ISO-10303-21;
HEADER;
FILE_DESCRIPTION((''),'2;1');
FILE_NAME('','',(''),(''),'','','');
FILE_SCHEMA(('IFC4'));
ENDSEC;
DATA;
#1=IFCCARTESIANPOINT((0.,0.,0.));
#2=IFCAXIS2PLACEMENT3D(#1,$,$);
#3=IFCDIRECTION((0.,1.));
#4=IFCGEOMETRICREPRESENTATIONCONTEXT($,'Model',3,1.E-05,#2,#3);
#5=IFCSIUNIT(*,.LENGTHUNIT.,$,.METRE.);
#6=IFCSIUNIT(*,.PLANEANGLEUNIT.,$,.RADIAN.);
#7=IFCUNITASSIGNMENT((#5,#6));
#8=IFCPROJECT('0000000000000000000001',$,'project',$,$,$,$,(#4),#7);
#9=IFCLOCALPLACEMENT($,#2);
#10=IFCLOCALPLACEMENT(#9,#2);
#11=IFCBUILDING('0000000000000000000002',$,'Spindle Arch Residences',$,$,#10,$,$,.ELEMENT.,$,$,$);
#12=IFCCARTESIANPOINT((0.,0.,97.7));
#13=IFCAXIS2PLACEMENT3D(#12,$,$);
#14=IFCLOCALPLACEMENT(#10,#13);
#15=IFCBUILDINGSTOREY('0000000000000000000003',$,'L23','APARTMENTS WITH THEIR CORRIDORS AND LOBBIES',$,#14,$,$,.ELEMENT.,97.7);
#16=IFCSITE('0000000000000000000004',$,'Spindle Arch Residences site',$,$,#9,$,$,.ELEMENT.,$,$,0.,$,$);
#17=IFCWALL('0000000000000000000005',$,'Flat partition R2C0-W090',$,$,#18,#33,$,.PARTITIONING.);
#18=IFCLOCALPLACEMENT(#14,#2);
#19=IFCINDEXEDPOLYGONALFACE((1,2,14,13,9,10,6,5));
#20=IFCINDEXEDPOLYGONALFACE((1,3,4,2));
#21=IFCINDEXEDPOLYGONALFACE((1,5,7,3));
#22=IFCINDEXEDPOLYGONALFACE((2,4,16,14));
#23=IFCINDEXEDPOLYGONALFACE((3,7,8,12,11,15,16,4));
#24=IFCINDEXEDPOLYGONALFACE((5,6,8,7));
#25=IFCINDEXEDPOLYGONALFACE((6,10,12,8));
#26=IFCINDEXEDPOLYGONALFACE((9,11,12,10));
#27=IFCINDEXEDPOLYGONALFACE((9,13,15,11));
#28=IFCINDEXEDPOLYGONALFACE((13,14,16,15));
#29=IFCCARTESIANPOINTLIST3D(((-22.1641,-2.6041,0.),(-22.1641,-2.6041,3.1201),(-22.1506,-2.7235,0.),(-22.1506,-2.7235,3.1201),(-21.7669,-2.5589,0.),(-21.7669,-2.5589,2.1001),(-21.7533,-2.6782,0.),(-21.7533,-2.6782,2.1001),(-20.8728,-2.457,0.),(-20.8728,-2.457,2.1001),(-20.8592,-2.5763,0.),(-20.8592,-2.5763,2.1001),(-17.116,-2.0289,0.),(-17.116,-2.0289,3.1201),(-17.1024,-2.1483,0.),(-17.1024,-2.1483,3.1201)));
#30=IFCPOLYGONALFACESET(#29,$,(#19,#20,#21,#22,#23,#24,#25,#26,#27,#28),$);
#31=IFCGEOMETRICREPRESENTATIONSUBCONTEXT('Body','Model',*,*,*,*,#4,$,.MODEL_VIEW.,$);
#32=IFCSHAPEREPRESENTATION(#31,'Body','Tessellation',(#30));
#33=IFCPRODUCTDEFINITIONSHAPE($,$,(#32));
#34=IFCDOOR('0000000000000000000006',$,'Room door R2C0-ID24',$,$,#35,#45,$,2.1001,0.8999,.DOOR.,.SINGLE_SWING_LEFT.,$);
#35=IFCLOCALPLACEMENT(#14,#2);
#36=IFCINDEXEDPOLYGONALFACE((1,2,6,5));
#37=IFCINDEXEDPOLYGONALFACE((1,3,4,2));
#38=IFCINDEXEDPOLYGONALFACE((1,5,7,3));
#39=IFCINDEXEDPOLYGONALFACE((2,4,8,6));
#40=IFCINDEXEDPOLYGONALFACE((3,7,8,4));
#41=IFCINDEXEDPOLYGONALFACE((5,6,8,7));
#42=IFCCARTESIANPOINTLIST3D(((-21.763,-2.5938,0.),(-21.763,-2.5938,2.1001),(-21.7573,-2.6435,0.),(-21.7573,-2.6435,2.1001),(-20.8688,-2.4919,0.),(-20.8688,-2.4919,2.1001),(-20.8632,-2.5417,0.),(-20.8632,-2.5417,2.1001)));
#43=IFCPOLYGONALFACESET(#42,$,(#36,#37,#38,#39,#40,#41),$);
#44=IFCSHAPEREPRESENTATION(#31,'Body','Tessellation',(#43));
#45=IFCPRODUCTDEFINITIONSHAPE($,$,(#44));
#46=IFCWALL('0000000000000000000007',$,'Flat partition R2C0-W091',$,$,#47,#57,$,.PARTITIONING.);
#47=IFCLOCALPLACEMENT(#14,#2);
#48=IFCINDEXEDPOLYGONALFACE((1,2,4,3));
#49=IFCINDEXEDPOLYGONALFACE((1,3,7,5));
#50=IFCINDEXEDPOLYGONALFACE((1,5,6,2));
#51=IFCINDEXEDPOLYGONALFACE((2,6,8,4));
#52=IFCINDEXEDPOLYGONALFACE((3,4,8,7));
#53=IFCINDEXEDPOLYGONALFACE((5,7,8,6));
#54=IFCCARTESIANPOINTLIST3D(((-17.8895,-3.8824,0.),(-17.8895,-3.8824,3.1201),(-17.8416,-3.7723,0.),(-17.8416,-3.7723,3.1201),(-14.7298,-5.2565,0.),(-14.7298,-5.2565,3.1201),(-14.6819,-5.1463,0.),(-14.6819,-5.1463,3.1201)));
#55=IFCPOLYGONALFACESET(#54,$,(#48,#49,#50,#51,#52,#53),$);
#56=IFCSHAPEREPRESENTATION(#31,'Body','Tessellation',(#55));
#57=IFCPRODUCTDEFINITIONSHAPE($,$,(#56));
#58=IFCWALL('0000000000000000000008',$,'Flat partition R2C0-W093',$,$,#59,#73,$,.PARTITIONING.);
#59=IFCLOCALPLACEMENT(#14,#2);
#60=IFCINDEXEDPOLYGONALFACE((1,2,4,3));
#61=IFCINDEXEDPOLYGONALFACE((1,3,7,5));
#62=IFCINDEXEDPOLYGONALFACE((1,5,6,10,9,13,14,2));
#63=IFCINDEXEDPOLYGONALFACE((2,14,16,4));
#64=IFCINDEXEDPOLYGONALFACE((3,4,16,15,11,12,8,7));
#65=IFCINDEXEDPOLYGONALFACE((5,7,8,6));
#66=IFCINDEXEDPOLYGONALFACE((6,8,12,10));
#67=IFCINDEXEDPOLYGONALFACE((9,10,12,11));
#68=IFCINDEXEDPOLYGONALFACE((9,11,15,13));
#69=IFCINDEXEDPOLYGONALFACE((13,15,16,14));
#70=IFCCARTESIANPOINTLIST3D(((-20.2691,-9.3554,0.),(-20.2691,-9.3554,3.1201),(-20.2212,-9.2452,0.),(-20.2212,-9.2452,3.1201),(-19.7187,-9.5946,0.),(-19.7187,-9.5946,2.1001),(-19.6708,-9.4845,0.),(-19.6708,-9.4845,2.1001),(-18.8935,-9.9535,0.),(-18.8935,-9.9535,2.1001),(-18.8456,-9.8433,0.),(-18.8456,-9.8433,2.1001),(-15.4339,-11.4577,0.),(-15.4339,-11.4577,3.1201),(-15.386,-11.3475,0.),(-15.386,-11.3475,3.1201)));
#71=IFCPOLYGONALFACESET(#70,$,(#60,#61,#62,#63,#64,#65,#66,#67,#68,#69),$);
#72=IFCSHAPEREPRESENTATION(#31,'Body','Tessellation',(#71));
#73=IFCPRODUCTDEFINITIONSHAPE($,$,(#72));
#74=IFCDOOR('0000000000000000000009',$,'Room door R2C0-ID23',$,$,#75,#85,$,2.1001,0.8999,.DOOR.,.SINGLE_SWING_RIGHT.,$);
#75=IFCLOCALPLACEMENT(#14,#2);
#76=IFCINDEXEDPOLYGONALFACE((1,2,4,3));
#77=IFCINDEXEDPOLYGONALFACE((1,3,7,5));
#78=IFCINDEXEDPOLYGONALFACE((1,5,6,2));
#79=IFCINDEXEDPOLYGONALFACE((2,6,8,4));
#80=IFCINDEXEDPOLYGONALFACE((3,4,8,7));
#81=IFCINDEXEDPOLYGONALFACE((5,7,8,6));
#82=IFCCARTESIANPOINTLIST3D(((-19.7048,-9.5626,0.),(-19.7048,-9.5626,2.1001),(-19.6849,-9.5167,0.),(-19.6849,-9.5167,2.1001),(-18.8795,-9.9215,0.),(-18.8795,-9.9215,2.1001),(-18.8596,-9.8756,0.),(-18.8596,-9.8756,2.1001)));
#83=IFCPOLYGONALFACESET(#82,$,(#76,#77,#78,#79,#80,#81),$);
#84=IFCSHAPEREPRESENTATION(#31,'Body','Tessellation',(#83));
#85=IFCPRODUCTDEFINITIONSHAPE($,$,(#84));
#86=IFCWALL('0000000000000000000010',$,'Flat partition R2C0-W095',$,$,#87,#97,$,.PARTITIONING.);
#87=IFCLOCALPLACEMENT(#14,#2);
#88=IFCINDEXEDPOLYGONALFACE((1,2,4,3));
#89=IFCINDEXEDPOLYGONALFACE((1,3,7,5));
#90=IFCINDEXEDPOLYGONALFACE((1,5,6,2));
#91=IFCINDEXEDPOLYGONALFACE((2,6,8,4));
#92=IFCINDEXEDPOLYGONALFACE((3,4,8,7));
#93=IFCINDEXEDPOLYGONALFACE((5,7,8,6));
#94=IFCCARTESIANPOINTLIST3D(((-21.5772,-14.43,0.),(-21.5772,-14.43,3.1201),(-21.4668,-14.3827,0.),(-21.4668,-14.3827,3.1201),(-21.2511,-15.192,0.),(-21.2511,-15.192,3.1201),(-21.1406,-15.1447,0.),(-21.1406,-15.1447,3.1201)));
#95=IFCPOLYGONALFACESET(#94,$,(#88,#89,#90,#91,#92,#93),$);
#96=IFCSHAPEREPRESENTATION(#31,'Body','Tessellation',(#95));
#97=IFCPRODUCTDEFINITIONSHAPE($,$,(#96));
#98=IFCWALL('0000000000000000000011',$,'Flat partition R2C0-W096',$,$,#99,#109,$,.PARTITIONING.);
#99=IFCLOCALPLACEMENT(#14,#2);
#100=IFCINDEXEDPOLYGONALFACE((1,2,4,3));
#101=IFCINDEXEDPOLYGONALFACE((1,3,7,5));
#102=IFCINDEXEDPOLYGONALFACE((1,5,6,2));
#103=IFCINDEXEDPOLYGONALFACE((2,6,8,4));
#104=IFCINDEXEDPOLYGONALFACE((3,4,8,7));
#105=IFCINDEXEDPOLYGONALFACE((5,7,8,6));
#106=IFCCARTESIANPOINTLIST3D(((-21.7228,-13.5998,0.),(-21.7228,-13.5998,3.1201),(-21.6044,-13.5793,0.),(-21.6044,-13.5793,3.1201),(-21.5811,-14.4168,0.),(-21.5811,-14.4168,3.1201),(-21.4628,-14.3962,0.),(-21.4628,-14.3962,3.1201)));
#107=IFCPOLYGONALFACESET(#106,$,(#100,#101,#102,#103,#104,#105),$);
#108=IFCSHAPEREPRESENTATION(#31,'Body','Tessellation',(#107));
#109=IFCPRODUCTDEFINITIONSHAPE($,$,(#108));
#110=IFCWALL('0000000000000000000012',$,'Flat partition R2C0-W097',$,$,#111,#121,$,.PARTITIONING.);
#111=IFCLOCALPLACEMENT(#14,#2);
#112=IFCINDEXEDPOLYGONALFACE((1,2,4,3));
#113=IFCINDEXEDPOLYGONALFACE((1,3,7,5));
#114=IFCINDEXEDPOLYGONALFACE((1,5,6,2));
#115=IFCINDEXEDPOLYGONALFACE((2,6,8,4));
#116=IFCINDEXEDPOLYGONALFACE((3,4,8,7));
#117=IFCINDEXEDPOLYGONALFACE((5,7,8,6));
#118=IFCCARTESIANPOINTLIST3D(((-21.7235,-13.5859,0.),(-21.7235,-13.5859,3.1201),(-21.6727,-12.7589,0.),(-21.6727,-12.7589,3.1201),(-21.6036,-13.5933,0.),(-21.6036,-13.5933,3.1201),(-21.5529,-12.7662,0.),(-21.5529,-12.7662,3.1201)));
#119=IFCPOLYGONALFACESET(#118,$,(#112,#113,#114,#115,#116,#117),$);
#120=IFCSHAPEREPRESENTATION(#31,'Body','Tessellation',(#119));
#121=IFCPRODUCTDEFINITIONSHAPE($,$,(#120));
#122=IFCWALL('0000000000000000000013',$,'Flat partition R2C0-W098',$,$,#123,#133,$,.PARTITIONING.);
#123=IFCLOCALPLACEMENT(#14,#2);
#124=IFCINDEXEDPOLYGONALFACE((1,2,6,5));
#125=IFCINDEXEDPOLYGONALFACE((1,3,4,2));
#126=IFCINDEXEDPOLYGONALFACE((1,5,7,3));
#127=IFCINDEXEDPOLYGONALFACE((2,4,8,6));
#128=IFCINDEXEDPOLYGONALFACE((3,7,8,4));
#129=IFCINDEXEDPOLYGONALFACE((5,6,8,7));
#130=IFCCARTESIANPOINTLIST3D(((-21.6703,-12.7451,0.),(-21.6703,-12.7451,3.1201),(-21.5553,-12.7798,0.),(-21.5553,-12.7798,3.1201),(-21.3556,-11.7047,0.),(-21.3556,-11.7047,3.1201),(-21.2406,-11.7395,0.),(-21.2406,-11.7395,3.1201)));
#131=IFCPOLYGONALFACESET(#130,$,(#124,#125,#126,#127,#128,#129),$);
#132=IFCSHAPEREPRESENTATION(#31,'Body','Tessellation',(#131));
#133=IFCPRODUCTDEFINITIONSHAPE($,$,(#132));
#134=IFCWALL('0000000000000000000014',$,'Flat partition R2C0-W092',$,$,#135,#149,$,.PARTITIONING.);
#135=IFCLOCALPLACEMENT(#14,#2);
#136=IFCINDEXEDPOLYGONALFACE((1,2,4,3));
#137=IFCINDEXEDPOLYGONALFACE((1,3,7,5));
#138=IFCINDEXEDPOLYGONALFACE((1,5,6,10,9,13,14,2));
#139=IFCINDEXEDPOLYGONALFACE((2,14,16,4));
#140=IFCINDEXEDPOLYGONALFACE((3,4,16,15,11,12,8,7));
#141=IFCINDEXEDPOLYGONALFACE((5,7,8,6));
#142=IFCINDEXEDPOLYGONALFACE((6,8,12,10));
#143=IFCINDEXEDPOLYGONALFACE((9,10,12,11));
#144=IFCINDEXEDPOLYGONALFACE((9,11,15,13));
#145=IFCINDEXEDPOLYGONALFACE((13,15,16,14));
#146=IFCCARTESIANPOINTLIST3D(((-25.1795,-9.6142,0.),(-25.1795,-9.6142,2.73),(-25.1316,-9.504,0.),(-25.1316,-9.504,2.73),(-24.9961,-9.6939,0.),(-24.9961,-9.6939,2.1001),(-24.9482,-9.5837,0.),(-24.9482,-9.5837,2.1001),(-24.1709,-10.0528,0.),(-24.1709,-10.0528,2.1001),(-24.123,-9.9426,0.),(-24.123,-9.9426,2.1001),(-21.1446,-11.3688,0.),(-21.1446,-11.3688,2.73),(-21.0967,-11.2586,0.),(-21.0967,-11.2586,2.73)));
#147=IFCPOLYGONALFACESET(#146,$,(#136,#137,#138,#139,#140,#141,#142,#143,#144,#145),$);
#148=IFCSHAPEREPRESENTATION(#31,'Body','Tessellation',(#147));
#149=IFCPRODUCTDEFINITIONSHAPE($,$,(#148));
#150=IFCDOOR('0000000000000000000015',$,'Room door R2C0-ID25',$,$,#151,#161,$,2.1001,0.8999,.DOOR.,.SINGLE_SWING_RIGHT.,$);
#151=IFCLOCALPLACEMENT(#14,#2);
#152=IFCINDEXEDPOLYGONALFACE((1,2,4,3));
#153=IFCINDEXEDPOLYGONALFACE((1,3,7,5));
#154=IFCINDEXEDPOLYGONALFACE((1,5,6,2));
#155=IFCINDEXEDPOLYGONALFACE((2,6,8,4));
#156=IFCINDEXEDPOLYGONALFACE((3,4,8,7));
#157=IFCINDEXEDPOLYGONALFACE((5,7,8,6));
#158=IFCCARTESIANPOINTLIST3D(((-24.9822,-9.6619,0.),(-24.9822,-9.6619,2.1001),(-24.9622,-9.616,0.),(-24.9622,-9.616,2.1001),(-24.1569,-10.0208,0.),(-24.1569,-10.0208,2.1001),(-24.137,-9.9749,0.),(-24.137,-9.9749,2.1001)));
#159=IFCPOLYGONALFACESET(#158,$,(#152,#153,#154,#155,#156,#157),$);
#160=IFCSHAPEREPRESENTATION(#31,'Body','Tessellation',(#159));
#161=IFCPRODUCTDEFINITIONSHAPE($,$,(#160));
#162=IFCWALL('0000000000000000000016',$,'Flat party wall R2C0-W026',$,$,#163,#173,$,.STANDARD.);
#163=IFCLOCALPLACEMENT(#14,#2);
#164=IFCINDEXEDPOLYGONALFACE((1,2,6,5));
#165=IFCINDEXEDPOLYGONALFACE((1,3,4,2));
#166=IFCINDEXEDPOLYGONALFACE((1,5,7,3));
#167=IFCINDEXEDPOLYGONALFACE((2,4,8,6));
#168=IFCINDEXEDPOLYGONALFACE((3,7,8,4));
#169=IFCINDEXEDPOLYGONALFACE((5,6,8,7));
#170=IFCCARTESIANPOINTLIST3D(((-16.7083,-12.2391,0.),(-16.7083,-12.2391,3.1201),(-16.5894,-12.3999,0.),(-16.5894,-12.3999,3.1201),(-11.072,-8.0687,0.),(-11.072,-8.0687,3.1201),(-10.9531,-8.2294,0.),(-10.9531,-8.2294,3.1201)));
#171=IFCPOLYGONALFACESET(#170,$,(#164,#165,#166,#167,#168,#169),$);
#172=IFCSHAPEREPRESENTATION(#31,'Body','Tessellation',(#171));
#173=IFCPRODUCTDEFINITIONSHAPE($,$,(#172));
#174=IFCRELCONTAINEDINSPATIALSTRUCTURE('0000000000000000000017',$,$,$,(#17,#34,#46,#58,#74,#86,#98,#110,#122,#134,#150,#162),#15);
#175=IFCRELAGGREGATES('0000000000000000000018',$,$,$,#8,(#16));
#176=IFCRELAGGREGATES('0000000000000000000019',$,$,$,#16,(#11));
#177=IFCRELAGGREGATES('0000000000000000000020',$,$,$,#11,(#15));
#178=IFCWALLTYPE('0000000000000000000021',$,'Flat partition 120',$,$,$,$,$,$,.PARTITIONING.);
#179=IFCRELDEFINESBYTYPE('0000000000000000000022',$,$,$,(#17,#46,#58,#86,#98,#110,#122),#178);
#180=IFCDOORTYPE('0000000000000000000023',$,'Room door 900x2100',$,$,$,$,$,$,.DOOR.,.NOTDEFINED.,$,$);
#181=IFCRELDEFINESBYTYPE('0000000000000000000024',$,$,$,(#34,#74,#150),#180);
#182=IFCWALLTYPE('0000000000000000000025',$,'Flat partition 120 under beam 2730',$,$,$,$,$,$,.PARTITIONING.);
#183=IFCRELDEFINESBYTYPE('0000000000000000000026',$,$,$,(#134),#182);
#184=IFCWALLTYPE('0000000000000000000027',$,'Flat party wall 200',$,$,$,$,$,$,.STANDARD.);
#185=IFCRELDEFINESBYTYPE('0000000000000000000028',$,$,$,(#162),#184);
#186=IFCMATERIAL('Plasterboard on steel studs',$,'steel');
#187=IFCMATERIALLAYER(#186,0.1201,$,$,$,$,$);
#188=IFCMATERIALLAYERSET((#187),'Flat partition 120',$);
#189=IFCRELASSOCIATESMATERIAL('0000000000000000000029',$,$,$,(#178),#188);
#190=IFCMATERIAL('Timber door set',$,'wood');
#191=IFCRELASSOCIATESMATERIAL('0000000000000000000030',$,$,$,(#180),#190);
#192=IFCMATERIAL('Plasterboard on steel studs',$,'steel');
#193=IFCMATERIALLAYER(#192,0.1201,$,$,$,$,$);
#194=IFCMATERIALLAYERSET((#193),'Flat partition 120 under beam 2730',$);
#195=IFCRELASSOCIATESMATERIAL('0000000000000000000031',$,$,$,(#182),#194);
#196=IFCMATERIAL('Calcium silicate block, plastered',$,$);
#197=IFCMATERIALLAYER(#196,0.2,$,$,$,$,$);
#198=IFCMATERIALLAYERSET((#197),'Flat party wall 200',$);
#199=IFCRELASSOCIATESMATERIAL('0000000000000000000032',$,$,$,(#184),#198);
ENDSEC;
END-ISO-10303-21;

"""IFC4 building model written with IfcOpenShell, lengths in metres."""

from ifc_helpers import new_model, si_unit, direction, frame, frame_2d, origin, place, context, subcontext, project, spatial, rectangle, extrude, material, layer, layer_set, type_object, element, fill, save


model = new_model("IFC4")

# Units and contexts
model_context = context("Model", 3, precision=1e-05, world=origin(), true_north=direction((0.0, 1.0)))
body_context = subcontext(model_context, "Body", "Model", "MODEL_VIEW")
ifc_project = project(units=[si_unit("LENGTHUNIT", "METRE"), si_unit("PLANEANGLEUNIT", "RADIAN")], contexts=[model_context])

# Site, building, storey
site_placement = place(None, origin())
site = spatial("IfcSite", under=ifc_project, at=site_placement, Name="Spindle Arch Residences site", CompositionType="ELEMENT", RefElevation=0.0)
building_placement = place(site_placement, origin())
building = spatial("IfcBuilding", under=site, at=building_placement, Name="Spindle Arch Residences", CompositionType="ELEMENT")
storey_placement = place(building_placement, frame((0.0, 0.0, 97.7)))
storey = spatial("IfcBuildingStorey", under=building, at=storey_placement, Name="L23", Description="APARTMENTS WITH THEIR CORRIDORS AND LOBBIES", CompositionType="ELEMENT", Elevation=97.7)

# Shared definitions
ifc_material_1 = material(Name="Plasterboard on steel studs", Category="steel")
ifc_layer_1 = layer(ifc_material_1, 0.1201)
ifc_layer_set_1 = layer_set([ifc_layer_1], Name="Flat partition 120")
wall_type_1 = type_object("IfcWallType", Name="Flat partition 120", PredefinedType="PARTITIONING", material=ifc_layer_set_1)
ifc_material_2 = material(Name="Timber door set", Category="wood")
door_type = type_object("IfcDoorType", Name="Room door 900x2100", OperationType="NOTDEFINED", PredefinedType="DOOR", material=ifc_material_2)

# Wall, opening, door
wall_1_placement = place(storey_placement, frame((-22.1575, -2.6638, 0.0), z_axis=(0.0, 0.0, 1.0), x_axis=(0.993571, 0.11321, 0.0)))
wall_1 = element("IfcWall", 1, at=wall_1_placement, inside=storey, type_object=wall_type_1, Name="Flat partition R2C0-W090", PredefinedType="PARTITIONING", context=body_context, shape_type="SweptSolid", body=[
    extrude(rectangle(XDim=5.0808, YDim=0.1201, at=frame_2d((2.5405, 0.0))), origin(), (0.0, 0.0, 1.0), 3.1201),
])
opening_1_placement = place(wall_1_placement, frame((0.3999, 0.0, 0.0)))
opening_1 = element("IfcOpeningElement", 2, at=opening_1_placement, cuts=wall_1, PredefinedType="OPENING", context=body_context, shape_type="SweptSolid", body=[
    extrude(rectangle(XDim=0.8999, YDim=2.1001, at=frame_2d((0.45, 1.05))), frame((0.0, 0.0701, 0.0), z_axis=(0.0, -1.0, 0.0), x_axis=(1.0, 0.0, 0.0)), (0.0, 0.0, 1.0), 0.1401),
])
door_1_placement = place(opening_1_placement, origin())
door_1 = element("IfcDoor", 3, at=door_1_placement, inside=storey, type_object=door_type, Name="Room door R2C0-ID24", OperationType="SINGLE_SWING_LEFT", OverallHeight=2.1001, OverallWidth=0.8999, PredefinedType="DOOR", context=body_context, shape_type="SweptSolid", body=[
    extrude(rectangle(XDim=0.8999, YDim=2.1001, at=frame_2d((0.45, 1.05))), frame((0.0, 0.0249, 0.0), z_axis=(0.0, -1.0, 0.0), x_axis=(1.0, 0.0, 0.0)), (0.0, 0.0, 1.0), 0.05),
])
fill(opening_1, door_1)

# Wall
wall_2_placement = place(storey_placement, frame((-17.8655, -3.8274, 0.0), z_axis=(0.0, 0.0, 1.0), x_axis=(0.917043, -0.398788, 0.0)))
element("IfcWall", 4, at=wall_2_placement, inside=storey, type_object=wall_type_1, Name="Flat partition R2C0-W091", PredefinedType="PARTITIONING", context=body_context, shape_type="SweptSolid", body=[
    extrude(rectangle(XDim=3.4456, YDim=0.1201, at=frame_2d((1.7227, 0.0))), origin(), (0.0, 0.0, 1.0), 3.1201),
])

# Wall, opening, door
wall_3_placement = place(storey_placement, frame((-20.2451, -9.3003, 0.0), z_axis=(0.0, 0.0, 1.0), x_axis=(0.917068, -0.398731, 0.0)))
wall_3 = element("IfcWall", 5, at=wall_3_placement, inside=storey, type_object=wall_type_1, Name="Flat partition R2C0-W093", PredefinedType="PARTITIONING", context=body_context, shape_type="SweptSolid", body=[
    extrude(rectangle(XDim=5.2725, YDim=0.1201, at=frame_2d((2.6362, 0.0))), origin(), (0.0, 0.0, 1.0), 3.1201),
])
opening_2_placement = place(wall_3_placement, frame((0.6001, 0.0, 0.0)))
opening_2 = element("IfcOpeningElement", 6, at=opening_2_placement, cuts=wall_3, PredefinedType="OPENING", context=body_context, shape_type="SweptSolid", body=[
    extrude(rectangle(XDim=0.8999, YDim=2.1001, at=frame_2d((0.45, 1.05))), frame((0.0, 0.0701, 0.0), z_axis=(0.0, -1.0, 0.0), x_axis=(1.0, 0.0, 0.0)), (0.0, 0.0, 1.0), 0.1401),
])
door_2_placement = place(opening_2_placement, origin())
door_2 = element("IfcDoor", 7, at=door_2_placement, inside=storey, type_object=door_type, Name="Room door R2C0-ID23", OperationType="SINGLE_SWING_RIGHT", OverallHeight=2.1001, OverallWidth=0.8999, PredefinedType="DOOR", context=body_context, shape_type="SweptSolid", body=[
    extrude(rectangle(XDim=0.8999, YDim=2.1001, at=frame_2d((0.45, 1.05))), frame((0.0, 0.0249, 0.0), z_axis=(0.0, -1.0, 0.0), x_axis=(1.0, 0.0, 0.0)), (0.0, 0.0, 1.0), 0.05),
])
fill(opening_2, door_2)

# Walls
wall_4_placement = place(storey_placement, frame((-21.1958, -15.1685, 0.0), z_axis=(0.0, 0.0, 1.0), x_axis=(-0.393528, 0.919313, 0.0)))
element("IfcWall", 8, at=wall_4_placement, inside=storey, type_object=wall_type_1, Name="Flat partition R2C0-W095", PredefinedType="PARTITIONING", context=body_context, shape_type="SweptSolid", body=[
    extrude(rectangle(XDim=0.8289, YDim=0.1201, at=frame_2d((0.4146, 0.0))), origin(), (0.0, 0.0, 1.0), 3.1201),
])
wall_5_placement = place(storey_placement, frame((-21.522, -14.4065, 0.0), z_axis=(0.0, 0.0, 1.0), x_axis=(-0.170794, 0.985307, 0.0)))
element("IfcWall", 9, at=wall_5_placement, inside=storey, type_object=wall_type_1, Name="Flat partition R2C0-W096", PredefinedType="PARTITIONING", context=body_context, shape_type="SweptSolid", body=[
    extrude(rectangle(XDim=0.8291, YDim=0.1201, at=frame_2d((0.4146, 0.0))), origin(), (0.0, 0.0, 1.0), 3.1201),
])
wall_6_placement = place(storey_placement, frame((-21.6636, -13.5896, 0.0), z_axis=(0.0, 0.0, 1.0), x_axis=(0.061278, 0.998121, 0.0)))
element("IfcWall", 10, at=wall_6_placement, inside=storey, type_object=wall_type_1, Name="Flat partition R2C0-W097", PredefinedType="PARTITIONING", context=body_context, shape_type="SweptSolid", body=[
    extrude(rectangle(XDim=0.8286, YDim=0.1201, at=frame_2d((0.4143, 0.0))), origin(), (0.0, 0.0, 1.0), 3.1201),
])
wall_7_placement = place(storey_placement, frame((-21.6128, -12.7625, 0.0), z_axis=(0.0, 0.0, 1.0), x_axis=(0.289552, 0.957162, 0.0)))
element("IfcWall", 11, at=wall_7_placement, inside=storey, type_object=wall_type_1, Name="Flat partition R2C0-W098", PredefinedType="PARTITIONING", context=body_context, shape_type="SweptSolid", body=[
    extrude(rectangle(XDim=1.0869, YDim=0.1201, at=frame_2d((0.5435, 0.0))), origin(), (0.0, 0.0, 1.0), 3.1201),
])

# Wall, opening, door
ifc_material_3 = material(Name="Plasterboard on steel studs", Category="steel")
ifc_layer_2 = layer(ifc_material_3, 0.1201)
ifc_layer_set_2 = layer_set([ifc_layer_2], Name="Flat partition 120 under beam 2730")
wall_type_2 = type_object("IfcWallType", Name="Flat partition 120 under beam 2730", PredefinedType="PARTITIONING", material=ifc_layer_set_2)
wall_8_placement = place(storey_placement, frame((-25.1555, -9.5591, 0.0), z_axis=(0.0, 0.0, 1.0), x_axis=(0.917043, -0.398789, 0.0)))
wall_8 = element("IfcWall", 12, at=wall_8_placement, inside=storey, type_object=wall_type_2, Name="Flat partition R2C0-W092", PredefinedType="PARTITIONING", context=body_context, shape_type="SweptSolid", body=[
    extrude(rectangle(XDim=4.3999, YDim=0.1201, at=frame_2d((2.2, 0.0))), origin(), (0.0, 0.0, 1.0), 2.73),
])
opening_3_placement = place(wall_8_placement, frame((0.2, 0.0, 0.0)))
opening_3 = element("IfcOpeningElement", 13, at=opening_3_placement, cuts=wall_8, PredefinedType="OPENING", context=body_context, shape_type="SweptSolid", body=[
    extrude(rectangle(XDim=0.8999, YDim=2.1001, at=frame_2d((0.45, 1.05))), frame((0.0, 0.0701, 0.0), z_axis=(0.0, -1.0, 0.0), x_axis=(1.0, 0.0, 0.0)), (0.0, 0.0, 1.0), 0.1401),
])
door_3_placement = place(opening_3_placement, origin())
door_3 = element("IfcDoor", 14, at=door_3_placement, inside=storey, type_object=door_type, Name="Room door R2C0-ID25", OperationType="SINGLE_SWING_RIGHT", OverallHeight=2.1001, OverallWidth=0.8999, PredefinedType="DOOR", context=body_context, shape_type="SweptSolid", body=[
    extrude(rectangle(XDim=0.8999, YDim=2.1001, at=frame_2d((0.45, 1.05))), frame((0.0, 0.0249, 0.0), z_axis=(0.0, -1.0, 0.0), x_axis=(1.0, 0.0, 0.0)), (0.0, 0.0, 1.0), 0.05),
])
fill(opening_3, door_3)

# Wall
ifc_material_4 = material(Name="Calcium silicate block, plastered")
ifc_layer_3 = layer(ifc_material_4, 0.2)
ifc_layer_set_3 = layer_set([ifc_layer_3], Name="Flat party wall 200")
wall_type_3 = type_object("IfcWallType", Name="Flat party wall 200", PredefinedType="STANDARD", material=ifc_layer_set_3)
wall_9_placement = place(storey_placement, frame((-16.6489, -12.3196, 0.0), z_axis=(0.0, 0.0, 1.0), x_axis=(0.803869, 0.594806, 0.0)))
element("IfcWall", 15, at=wall_9_placement, inside=storey, type_object=wall_type_3, Name="Flat party wall R2C0-W026", PredefinedType="STANDARD", context=body_context, shape_type="SweptSolid", body=[
    extrude(rectangle(XDim=7.0115, YDim=0.2, at=frame_2d((3.5059, 0.0))), origin(), (0.0, 0.0, 1.0), 3.1201),
])

save(model, "model.ifc")
